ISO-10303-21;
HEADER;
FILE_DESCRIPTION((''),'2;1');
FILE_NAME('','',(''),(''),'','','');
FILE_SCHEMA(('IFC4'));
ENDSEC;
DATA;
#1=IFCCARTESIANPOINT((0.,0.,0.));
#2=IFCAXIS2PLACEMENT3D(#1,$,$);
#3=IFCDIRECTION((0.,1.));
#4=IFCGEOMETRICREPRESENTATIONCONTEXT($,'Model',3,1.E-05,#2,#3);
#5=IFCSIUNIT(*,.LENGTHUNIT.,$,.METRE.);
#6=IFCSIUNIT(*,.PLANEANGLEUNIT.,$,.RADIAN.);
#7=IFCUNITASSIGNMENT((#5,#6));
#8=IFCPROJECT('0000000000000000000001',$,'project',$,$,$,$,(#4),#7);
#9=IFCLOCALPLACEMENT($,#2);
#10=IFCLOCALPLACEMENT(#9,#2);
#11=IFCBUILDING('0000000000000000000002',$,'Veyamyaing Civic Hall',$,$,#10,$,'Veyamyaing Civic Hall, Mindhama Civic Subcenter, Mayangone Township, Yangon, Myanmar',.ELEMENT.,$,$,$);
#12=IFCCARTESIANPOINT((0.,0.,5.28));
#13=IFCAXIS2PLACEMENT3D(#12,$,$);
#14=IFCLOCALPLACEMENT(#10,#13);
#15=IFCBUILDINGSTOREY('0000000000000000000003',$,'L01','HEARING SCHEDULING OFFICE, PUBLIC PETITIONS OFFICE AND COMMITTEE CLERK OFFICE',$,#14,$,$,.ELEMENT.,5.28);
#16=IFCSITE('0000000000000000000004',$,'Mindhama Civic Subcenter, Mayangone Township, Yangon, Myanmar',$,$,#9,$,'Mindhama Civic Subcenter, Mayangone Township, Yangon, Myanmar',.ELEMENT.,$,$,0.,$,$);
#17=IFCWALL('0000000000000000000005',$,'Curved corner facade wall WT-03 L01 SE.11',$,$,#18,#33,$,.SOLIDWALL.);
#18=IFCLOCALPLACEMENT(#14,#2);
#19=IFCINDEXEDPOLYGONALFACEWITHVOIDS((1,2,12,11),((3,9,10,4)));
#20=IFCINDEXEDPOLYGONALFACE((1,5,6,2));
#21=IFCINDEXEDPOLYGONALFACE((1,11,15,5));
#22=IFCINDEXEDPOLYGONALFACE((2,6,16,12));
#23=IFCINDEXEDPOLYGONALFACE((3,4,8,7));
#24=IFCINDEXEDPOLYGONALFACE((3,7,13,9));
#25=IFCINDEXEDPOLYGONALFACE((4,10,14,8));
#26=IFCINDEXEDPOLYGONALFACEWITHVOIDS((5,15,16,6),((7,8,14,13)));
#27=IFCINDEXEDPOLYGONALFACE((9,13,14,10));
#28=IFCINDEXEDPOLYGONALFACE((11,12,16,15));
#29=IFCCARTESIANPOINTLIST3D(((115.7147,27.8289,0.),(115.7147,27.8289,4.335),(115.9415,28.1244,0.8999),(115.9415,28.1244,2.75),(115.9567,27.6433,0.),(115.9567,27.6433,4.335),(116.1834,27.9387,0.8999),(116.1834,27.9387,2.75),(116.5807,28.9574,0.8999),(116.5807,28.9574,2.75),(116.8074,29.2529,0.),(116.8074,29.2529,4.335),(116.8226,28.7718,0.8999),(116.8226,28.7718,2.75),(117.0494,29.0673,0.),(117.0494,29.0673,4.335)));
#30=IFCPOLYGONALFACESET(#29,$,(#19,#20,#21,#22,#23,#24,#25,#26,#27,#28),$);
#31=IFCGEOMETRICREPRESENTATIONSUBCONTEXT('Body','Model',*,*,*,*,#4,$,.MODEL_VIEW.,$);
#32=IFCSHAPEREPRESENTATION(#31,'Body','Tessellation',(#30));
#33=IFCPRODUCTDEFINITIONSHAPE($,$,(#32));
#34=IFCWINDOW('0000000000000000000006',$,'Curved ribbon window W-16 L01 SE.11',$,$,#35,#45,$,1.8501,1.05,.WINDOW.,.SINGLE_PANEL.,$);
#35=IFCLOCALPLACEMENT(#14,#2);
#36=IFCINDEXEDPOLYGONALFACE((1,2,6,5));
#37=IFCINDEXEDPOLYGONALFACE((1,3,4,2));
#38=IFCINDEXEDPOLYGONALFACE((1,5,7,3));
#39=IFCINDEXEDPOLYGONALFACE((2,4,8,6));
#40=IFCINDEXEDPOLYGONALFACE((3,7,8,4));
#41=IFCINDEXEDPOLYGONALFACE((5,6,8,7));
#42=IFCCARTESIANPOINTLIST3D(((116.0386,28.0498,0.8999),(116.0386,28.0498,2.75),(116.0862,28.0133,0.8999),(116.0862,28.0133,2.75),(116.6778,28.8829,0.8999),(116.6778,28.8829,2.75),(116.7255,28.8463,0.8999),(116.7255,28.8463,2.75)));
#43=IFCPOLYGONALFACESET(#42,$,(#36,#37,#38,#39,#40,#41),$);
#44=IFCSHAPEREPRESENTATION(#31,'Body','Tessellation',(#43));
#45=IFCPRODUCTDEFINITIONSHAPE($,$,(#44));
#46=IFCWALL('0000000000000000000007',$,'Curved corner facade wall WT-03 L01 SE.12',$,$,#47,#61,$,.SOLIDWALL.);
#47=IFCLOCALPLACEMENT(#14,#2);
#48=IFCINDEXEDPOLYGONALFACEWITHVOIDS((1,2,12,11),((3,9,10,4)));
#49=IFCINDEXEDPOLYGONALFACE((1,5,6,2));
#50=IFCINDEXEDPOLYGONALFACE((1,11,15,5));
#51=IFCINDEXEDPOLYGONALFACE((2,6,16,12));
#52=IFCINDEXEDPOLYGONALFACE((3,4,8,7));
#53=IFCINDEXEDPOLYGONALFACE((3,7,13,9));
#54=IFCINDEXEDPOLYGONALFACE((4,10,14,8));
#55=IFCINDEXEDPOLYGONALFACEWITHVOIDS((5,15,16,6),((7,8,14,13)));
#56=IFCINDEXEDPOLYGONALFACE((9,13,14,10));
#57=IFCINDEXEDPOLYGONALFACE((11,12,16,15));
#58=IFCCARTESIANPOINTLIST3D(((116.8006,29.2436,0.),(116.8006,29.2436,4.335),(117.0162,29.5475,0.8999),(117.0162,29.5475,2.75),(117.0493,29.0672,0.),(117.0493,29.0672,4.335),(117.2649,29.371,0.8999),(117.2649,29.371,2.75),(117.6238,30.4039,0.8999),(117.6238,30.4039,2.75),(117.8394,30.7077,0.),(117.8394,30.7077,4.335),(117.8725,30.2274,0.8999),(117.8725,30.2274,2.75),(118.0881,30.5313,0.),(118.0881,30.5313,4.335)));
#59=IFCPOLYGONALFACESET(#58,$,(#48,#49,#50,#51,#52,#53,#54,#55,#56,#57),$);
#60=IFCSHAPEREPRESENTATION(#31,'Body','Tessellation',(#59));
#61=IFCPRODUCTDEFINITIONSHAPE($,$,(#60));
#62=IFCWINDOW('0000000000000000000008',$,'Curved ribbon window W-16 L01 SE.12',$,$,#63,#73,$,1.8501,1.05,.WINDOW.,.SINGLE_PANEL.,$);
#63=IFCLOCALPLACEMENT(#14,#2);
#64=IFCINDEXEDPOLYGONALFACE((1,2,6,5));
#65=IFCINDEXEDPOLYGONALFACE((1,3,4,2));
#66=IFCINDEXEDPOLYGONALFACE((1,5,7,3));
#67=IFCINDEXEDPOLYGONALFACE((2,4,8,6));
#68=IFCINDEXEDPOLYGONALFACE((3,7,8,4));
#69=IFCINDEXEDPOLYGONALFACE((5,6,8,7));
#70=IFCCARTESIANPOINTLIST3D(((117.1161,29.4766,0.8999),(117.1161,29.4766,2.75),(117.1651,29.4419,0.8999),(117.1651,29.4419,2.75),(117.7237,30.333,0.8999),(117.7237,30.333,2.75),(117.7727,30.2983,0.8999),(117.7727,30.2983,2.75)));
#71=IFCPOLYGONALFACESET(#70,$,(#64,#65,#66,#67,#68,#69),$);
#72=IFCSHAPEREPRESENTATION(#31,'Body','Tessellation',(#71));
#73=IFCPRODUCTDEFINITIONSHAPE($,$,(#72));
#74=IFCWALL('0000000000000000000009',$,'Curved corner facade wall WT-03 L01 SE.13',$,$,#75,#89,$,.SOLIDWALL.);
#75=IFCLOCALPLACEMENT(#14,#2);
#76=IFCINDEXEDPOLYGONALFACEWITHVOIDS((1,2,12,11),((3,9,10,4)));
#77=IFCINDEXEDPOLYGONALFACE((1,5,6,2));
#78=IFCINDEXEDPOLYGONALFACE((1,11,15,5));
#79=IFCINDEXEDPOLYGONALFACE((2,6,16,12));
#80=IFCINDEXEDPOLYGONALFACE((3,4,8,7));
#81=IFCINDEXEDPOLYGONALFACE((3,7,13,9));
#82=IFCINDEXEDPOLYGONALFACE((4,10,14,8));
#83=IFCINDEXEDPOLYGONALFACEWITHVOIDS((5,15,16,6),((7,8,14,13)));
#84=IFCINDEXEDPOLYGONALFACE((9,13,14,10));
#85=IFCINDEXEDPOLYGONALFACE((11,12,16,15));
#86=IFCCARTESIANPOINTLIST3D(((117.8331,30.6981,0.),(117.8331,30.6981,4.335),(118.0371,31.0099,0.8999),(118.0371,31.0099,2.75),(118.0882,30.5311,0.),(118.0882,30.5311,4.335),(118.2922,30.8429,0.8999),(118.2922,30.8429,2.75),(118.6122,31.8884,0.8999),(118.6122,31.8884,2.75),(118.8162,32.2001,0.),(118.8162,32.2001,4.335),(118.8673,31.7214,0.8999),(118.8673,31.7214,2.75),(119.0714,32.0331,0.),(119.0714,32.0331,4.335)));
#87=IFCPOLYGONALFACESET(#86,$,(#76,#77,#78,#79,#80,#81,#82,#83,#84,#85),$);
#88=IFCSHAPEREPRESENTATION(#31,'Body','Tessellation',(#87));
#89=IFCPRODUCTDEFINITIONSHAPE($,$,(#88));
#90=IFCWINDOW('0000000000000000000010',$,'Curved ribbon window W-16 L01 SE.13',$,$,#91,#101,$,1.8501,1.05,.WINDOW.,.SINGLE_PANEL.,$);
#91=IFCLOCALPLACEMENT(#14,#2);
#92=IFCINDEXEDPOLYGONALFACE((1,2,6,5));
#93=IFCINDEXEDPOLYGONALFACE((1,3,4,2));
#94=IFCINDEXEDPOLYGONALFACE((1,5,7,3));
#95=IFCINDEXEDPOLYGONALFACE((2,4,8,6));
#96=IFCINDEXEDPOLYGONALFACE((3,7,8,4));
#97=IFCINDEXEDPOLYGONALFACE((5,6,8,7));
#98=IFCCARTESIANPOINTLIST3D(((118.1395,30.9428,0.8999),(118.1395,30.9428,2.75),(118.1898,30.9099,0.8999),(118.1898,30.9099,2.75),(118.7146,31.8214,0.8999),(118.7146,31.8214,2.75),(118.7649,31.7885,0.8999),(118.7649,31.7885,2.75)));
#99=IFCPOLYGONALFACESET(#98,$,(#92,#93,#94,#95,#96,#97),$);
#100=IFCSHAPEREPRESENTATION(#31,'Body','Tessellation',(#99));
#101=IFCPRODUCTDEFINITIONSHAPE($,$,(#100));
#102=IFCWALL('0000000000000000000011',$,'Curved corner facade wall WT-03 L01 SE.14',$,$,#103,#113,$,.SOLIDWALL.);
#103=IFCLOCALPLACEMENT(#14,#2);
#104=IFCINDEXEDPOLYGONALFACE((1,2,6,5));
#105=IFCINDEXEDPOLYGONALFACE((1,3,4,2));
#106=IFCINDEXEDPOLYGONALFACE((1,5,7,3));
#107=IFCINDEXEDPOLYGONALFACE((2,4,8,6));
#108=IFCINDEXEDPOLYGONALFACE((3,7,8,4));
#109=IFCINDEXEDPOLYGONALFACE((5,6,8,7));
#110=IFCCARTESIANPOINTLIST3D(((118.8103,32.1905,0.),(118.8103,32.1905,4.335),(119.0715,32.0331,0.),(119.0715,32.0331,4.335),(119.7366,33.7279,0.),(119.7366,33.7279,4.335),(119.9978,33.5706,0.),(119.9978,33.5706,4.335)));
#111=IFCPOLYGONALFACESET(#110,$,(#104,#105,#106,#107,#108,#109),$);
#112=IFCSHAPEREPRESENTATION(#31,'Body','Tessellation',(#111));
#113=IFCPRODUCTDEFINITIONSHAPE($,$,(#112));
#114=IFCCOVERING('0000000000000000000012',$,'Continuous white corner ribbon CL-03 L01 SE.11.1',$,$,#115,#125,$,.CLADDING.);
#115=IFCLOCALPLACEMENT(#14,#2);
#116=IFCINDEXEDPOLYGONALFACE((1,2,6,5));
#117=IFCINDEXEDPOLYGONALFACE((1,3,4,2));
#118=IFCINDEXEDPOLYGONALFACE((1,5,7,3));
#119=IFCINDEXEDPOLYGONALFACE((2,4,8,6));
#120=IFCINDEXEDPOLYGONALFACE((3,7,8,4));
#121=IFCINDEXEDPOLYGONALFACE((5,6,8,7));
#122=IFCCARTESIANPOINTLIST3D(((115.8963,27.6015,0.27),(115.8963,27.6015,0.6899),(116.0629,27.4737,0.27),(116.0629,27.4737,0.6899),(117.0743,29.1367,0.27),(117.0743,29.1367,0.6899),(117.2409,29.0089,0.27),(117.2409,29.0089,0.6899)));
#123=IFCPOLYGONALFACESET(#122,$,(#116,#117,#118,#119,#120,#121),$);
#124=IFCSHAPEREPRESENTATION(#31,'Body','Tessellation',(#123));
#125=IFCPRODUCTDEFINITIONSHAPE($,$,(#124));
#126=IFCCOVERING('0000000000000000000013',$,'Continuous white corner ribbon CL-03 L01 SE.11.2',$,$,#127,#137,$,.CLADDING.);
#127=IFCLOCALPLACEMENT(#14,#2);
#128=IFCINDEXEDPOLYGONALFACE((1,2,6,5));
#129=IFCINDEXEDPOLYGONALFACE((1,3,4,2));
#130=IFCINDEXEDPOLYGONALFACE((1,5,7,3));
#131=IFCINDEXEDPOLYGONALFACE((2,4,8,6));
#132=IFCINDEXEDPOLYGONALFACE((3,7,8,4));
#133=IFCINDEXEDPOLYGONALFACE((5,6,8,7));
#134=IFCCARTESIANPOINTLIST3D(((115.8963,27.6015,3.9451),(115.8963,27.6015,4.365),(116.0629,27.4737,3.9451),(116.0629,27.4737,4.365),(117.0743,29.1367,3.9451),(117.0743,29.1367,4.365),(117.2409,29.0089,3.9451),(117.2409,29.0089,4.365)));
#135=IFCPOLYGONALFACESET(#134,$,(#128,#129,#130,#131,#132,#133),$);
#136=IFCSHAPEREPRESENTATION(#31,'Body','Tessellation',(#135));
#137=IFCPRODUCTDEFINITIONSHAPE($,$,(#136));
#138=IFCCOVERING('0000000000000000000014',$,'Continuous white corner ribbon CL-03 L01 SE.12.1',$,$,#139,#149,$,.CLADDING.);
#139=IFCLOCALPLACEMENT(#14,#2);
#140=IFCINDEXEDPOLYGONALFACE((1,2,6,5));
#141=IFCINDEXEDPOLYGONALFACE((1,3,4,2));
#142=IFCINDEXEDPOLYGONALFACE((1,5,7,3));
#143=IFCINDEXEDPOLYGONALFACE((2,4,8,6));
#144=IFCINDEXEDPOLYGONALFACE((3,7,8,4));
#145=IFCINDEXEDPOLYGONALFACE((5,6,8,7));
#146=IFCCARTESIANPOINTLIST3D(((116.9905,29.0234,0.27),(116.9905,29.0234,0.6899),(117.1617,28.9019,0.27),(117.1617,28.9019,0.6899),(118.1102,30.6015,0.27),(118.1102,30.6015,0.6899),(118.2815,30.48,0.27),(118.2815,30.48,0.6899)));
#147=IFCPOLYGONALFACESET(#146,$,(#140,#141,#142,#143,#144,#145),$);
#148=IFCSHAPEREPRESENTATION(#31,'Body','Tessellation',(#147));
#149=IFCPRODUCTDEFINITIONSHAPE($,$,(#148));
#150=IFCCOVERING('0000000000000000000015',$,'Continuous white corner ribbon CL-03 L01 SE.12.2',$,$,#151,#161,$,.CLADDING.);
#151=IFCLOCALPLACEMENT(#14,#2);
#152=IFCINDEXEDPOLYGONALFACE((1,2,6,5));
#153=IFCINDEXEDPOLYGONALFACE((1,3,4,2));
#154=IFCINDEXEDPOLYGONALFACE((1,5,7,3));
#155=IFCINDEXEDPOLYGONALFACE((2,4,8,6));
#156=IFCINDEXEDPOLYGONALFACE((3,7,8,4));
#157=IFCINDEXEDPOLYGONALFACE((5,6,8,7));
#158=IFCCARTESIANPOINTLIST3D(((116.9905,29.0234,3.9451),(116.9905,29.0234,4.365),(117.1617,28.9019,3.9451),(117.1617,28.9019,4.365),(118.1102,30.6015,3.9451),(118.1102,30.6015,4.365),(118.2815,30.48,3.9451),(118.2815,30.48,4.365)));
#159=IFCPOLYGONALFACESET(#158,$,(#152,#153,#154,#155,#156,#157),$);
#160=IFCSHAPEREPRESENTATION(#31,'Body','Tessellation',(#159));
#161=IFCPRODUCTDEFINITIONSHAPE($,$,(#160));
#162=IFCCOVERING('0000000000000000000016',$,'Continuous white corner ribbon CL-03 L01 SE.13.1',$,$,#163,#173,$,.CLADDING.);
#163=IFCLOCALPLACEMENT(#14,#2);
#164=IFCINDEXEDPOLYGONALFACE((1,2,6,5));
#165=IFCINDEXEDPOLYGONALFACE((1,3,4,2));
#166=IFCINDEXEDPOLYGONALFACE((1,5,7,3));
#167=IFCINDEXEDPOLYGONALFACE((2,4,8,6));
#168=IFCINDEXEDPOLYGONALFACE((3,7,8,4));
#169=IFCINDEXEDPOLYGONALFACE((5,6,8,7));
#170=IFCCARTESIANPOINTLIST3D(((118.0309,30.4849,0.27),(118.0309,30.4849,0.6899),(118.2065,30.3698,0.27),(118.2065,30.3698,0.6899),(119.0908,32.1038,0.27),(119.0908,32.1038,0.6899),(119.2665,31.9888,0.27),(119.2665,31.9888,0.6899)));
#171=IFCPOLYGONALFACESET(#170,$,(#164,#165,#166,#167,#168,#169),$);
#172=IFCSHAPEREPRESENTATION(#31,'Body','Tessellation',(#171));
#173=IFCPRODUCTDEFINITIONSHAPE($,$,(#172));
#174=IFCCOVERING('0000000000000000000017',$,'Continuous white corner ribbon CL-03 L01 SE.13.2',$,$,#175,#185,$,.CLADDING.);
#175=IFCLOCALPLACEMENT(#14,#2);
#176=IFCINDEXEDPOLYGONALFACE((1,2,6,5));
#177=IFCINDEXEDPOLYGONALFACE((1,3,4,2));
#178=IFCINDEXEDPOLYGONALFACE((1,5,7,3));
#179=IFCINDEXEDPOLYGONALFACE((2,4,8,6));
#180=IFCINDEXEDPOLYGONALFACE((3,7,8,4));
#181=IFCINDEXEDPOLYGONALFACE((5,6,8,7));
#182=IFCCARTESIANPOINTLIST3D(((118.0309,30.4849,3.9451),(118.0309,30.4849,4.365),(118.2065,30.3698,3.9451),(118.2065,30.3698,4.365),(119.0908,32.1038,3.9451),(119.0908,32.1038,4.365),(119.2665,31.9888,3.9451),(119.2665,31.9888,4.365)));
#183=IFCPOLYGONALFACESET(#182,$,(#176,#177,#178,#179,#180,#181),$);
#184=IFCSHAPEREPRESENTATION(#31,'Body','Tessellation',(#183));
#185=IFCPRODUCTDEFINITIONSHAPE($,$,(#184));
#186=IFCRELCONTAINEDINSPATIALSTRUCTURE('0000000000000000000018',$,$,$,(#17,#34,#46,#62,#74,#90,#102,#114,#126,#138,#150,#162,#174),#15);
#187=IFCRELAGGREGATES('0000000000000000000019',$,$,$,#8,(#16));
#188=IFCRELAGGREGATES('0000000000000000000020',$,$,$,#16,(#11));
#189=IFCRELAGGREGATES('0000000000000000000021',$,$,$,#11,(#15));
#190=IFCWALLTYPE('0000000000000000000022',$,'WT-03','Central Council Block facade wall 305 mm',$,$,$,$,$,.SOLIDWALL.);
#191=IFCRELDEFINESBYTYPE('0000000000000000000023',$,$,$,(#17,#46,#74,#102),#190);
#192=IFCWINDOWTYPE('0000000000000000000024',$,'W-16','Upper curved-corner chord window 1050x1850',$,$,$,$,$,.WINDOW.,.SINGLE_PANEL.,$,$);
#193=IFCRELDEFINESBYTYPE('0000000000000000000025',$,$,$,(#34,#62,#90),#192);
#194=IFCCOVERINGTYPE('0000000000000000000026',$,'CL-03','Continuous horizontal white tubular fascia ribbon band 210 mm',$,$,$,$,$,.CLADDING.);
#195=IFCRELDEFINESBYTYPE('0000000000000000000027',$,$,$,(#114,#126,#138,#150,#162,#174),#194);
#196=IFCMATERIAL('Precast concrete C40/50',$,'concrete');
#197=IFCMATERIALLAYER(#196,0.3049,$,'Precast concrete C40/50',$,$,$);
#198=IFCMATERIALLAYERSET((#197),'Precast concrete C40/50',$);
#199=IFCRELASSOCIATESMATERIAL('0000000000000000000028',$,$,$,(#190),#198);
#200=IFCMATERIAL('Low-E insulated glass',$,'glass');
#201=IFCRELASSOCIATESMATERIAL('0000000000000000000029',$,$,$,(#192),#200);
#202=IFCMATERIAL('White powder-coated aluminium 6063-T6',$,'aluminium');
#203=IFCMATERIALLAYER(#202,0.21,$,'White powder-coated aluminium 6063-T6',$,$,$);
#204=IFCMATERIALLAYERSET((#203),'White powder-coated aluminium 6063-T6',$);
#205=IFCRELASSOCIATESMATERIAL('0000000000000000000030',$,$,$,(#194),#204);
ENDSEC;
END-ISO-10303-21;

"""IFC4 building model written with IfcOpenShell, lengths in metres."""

from ifc_helpers import new_model, si_unit, direction, frame, frame_2d, origin, origin_2d, place, context, subcontext, project, spatial, rectangle, extrude, material, layer, layer_set, type_object, element, fill, save


model = new_model("IFC4")

# Units and contexts
model_context = context("Model", 3, precision=1e-05, world=origin(), true_north=direction((0.0, 1.0)))
body_context = subcontext(model_context, "Body", "Model", "MODEL_VIEW")
ifc_project = project(units=[si_unit("LENGTHUNIT", "METRE"), si_unit("PLANEANGLEUNIT", "RADIAN")], contexts=[model_context])

# Site, building, storey
site_placement = place(None, origin())
site = spatial("IfcSite", under=ifc_project, at=site_placement, Name="Mindhama Civic Subcenter, Mayangone Township, Yangon, Myanmar", LongName="Mindhama Civic Subcenter, Mayangone Township, Yangon, Myanmar", CompositionType="ELEMENT", RefElevation=0.0)
building_placement = place(site_placement, origin())
building = spatial("IfcBuilding", under=site, at=building_placement, Name="Veyamyaing Civic Hall", LongName="Veyamyaing Civic Hall, Mindhama Civic Subcenter, Mayangone Township, Yangon, Myanmar", CompositionType="ELEMENT")
storey_placement = place(building_placement, frame((0.0, 0.0, 5.28)))
storey = spatial("IfcBuildingStorey", under=building, at=storey_placement, Name="L01", Description="HEARING SCHEDULING OFFICE, PUBLIC PETITIONS OFFICE AND COMMITTEE CLERK OFFICE", CompositionType="ELEMENT", Elevation=5.28)

# Walls, openings, windows
ifc_material_1 = material(Name="Precast concrete C40/50", Category="concrete")
ifc_layer_1 = layer(ifc_material_1, 0.3049, Name="Precast concrete C40/50")
ifc_layer_set_1 = layer_set([ifc_layer_1], Name="Precast concrete C40/50")
wall_type = type_object("IfcWallType", Name="WT-03", Description="Central Council Block facade wall 305 mm", PredefinedType="SOLIDWALL", material=ifc_layer_set_1)
wall_1_placement = place(storey_placement, frame((115.8357, 27.7361, 0.0), z_axis=(0.0, 0.0, 1.0), x_axis=(0.608777, 0.793341, 0.0)))
wall_1 = element("IfcWall", 1, at=wall_1_placement, inside=storey, type_object=wall_type, Name="Curved corner facade wall WT-03 L01 SE.11", PredefinedType="SOLIDWALL", context=body_context, shape_type="SweptSolid", body=[
    extrude(rectangle(XDim=1.7949, YDim=0.3049, at=frame_2d((0.8975, 0.0))), origin(), (0.0, 0.0, 1.0), 4.335),
])
opening_1_placement = place(wall_1_placement, frame((0.3726, 0.0, 0.8999)))
opening_1 = element("IfcOpeningElement", 2, at=opening_1_placement, cuts=wall_1, PredefinedType="OPENING", context=body_context, shape_type="SweptSolid", body=[
    extrude(rectangle(XDim=1.05, YDim=1.8501, at=frame_2d((0.5249, 0.925))), frame((0.0, 0.1624, 0.0), z_axis=(0.0, -1.0, 0.0), x_axis=(1.0, 0.0, 0.0)), (0.0, 0.0, 1.0), 0.325),
])
ifc_material_2 = material(Name="Low-E insulated glass", Category="glass")
window_type = type_object("IfcWindowType", Name="W-16", Description="Upper curved-corner chord window 1050x1850", PartitioningType="SINGLE_PANEL", PredefinedType="WINDOW", material=ifc_material_2)
window_1_placement = place(opening_1_placement, origin())
window_1 = element("IfcWindow", 3, at=window_1_placement, inside=storey, type_object=window_type, Name="Curved ribbon window W-16 L01 SE.11", OverallHeight=1.8501, OverallWidth=1.05, PartitioningType="SINGLE_PANEL", PredefinedType="WINDOW", context=body_context, shape_type="SweptSolid", body=[
    extrude(rectangle(XDim=1.05, YDim=1.8501, at=frame_2d((0.5249, 0.925))), frame((0.0, 0.03, 0.0), z_axis=(0.0, -1.0, 0.0), x_axis=(1.0, 0.0, 0.0)), (0.0, 0.0, 1.0), 0.0601),
])
fill(opening_1, window_1)
wall_2_placement = place(storey_placement, frame((116.925, 29.1555, 0.0), z_axis=(0.0, 0.0, 1.0), x_axis=(0.578662, 0.815567, 0.0)))
wall_2 = element("IfcWall", 4, at=wall_2_placement, inside=storey, type_object=wall_type, Name="Curved corner facade wall WT-03 L01 SE.12", PredefinedType="SOLIDWALL", context=body_context, shape_type="SweptSolid", body=[
    extrude(rectangle(XDim=1.7952, YDim=0.3049, at=frame_2d((0.8975, 0.0))), origin(), (0.0, 0.0, 1.0), 4.335),
])
opening_2_placement = place(wall_2_placement, frame((0.3726, 0.0, 0.8999)))
opening_2 = element("IfcOpeningElement", 5, at=opening_2_placement, cuts=wall_2, PredefinedType="OPENING", context=body_context, shape_type="SweptSolid", body=[
    extrude(rectangle(XDim=1.05, YDim=1.8501, at=frame_2d((0.5249, 0.925))), frame((0.0, 0.1624, 0.0), z_axis=(0.0, -1.0, 0.0), x_axis=(1.0, 0.0, 0.0)), (0.0, 0.0, 1.0), 0.325),
])
window_2_placement = place(opening_2_placement, origin())
window_2 = element("IfcWindow", 6, at=window_2_placement, inside=storey, type_object=window_type, Name="Curved ribbon window W-16 L01 SE.12", OverallHeight=1.8501, OverallWidth=1.05, PartitioningType="SINGLE_PANEL", PredefinedType="WINDOW", context=body_context, shape_type="SweptSolid", body=[
    extrude(rectangle(XDim=1.05, YDim=1.8501, at=frame_2d((0.5249, 0.925))), frame((0.0, 0.03, 0.0), z_axis=(0.0, -1.0, 0.0), x_axis=(1.0, 0.0, 0.0)), (0.0, 0.0, 1.0), 0.0601),
])
fill(opening_2, window_2)
wall_3_placement = place(storey_placement, frame((117.9607, 30.6147, 0.0), z_axis=(0.0, 0.0, 1.0), x_axis=(0.547682, 0.836687, 0.0)))
wall_3 = element("IfcWall", 7, at=wall_3_placement, inside=storey, type_object=wall_type, Name="Curved corner facade wall WT-03 L01 SE.13", PredefinedType="SOLIDWALL", context=body_context, shape_type="SweptSolid", body=[
    extrude(rectangle(XDim=1.7952, YDim=0.3049, at=frame_2d((0.8975, 0.0))), origin(), (0.0, 0.0, 1.0), 4.335),
])
opening_3_placement = place(wall_3_placement, frame((0.3726, 0.0, 0.8999)))
opening_3 = element("IfcOpeningElement", 8, at=opening_3_placement, cuts=wall_3, PredefinedType="OPENING", context=body_context, shape_type="SweptSolid", body=[
    extrude(rectangle(XDim=1.05, YDim=1.8501, at=frame_2d((0.5249, 0.925))), frame((0.0, 0.1624, 0.0), z_axis=(0.0, -1.0, 0.0), x_axis=(1.0, 0.0, 0.0)), (0.0, 0.0, 1.0), 0.325),
])
window_3_placement = place(opening_3_placement, origin())
window_3 = element("IfcWindow", 9, at=window_3_placement, inside=storey, type_object=window_type, Name="Curved ribbon window W-16 L01 SE.13", OverallHeight=1.8501, OverallWidth=1.05, PartitioningType="SINGLE_PANEL", PredefinedType="WINDOW", context=body_context, shape_type="SweptSolid", body=[
    extrude(rectangle(XDim=1.05, YDim=1.8501, at=frame_2d((0.5249, 0.925))), frame((0.0, 0.03, 0.0), z_axis=(0.0, -1.0, 0.0), x_axis=(1.0, 0.0, 0.0)), (0.0, 0.0, 1.0), 0.0601),
])
fill(opening_3, window_3)

# Wall
wall_4_placement = place(storey_placement, frame((118.9409, 32.1118, 0.0), z_axis=(0.0, 0.0, 1.0), x_axis=(0.516075, 0.856543, 0.0)))
element("IfcWall", 10, at=wall_4_placement, inside=storey, type_object=wall_type, Name="Curved corner facade wall WT-03 L01 SE.14", PredefinedType="SOLIDWALL", context=body_context, shape_type="SweptSolid", body=[
    extrude(rectangle(XDim=1.7949, YDim=0.3049, at=frame_2d((0.8975, 0.0))), origin(), (0.0, 0.0, 1.0), 4.335),
])

# Coverings
ifc_material_3 = material(Name="White powder-coated aluminium 6063-T6", Category="aluminium")
ifc_layer_2 = layer(ifc_material_3, 0.21, Name="White powder-coated aluminium 6063-T6")
ifc_layer_set_2 = layer_set([ifc_layer_2], Name="White powder-coated aluminium 6063-T6")
covering_type = type_object("IfcCoveringType", Name="CL-03", Description="Continuous horizontal white tubular fascia ribbon band 210 mm", PredefinedType="CLADDING", material=ifc_layer_set_2)
for number, where, z_axis, x_axis, name in (
    (11, (116.5686, 28.3052, 0.27), (0.0, 0.0, 1.0), (0.608761, 0.793353, 0.0), "Continuous white corner ribbon CL-03 L01 SE.11.1"),
    (12, (116.5686, 28.3052, 3.9451), (0.0, 0.0, 1.0), (0.608761, 0.793353, 0.0), "Continuous white corner ribbon CL-03 L01 SE.11.2"),
    (13, (117.636, 29.7517, 0.27), (0.0, 0.0, 1.0), (0.578671, 0.815561, 0.0), "Continuous white corner ribbon CL-03 L01 SE.12.1"),
    (14, (117.636, 29.7517, 3.9451), (0.0, 0.0, 1.0), (0.578671, 0.815561, 0.0), "Continuous white corner ribbon CL-03 L01 SE.12.2"),
    (15, (118.6487, 31.2368, 0.27), (0.0, 0.0, 1.0), (0.547772, 0.836628, 0.0), "Continuous white corner ribbon CL-03 L01 SE.13.1"),
    (16, (118.6487, 31.2368, 3.9451), (0.0, 0.0, 1.0), (0.547772, 0.836628, 0.0), "Continuous white corner ribbon CL-03 L01 SE.13.2"),
):
    element("IfcCovering", number, at=place(storey_placement, frame(where, z_axis=z_axis, x_axis=x_axis)), inside=storey, type_object=covering_type, Name=name, PredefinedType="CLADDING", context=body_context, shape_type="SweptSolid", body=[
        extrude(rectangle(XDim=1.9351, YDim=0.21, at=origin_2d()), origin(), (0.0, 0.0, 1.0), 0.4199),
    ])

save(model, "model.ifc")
